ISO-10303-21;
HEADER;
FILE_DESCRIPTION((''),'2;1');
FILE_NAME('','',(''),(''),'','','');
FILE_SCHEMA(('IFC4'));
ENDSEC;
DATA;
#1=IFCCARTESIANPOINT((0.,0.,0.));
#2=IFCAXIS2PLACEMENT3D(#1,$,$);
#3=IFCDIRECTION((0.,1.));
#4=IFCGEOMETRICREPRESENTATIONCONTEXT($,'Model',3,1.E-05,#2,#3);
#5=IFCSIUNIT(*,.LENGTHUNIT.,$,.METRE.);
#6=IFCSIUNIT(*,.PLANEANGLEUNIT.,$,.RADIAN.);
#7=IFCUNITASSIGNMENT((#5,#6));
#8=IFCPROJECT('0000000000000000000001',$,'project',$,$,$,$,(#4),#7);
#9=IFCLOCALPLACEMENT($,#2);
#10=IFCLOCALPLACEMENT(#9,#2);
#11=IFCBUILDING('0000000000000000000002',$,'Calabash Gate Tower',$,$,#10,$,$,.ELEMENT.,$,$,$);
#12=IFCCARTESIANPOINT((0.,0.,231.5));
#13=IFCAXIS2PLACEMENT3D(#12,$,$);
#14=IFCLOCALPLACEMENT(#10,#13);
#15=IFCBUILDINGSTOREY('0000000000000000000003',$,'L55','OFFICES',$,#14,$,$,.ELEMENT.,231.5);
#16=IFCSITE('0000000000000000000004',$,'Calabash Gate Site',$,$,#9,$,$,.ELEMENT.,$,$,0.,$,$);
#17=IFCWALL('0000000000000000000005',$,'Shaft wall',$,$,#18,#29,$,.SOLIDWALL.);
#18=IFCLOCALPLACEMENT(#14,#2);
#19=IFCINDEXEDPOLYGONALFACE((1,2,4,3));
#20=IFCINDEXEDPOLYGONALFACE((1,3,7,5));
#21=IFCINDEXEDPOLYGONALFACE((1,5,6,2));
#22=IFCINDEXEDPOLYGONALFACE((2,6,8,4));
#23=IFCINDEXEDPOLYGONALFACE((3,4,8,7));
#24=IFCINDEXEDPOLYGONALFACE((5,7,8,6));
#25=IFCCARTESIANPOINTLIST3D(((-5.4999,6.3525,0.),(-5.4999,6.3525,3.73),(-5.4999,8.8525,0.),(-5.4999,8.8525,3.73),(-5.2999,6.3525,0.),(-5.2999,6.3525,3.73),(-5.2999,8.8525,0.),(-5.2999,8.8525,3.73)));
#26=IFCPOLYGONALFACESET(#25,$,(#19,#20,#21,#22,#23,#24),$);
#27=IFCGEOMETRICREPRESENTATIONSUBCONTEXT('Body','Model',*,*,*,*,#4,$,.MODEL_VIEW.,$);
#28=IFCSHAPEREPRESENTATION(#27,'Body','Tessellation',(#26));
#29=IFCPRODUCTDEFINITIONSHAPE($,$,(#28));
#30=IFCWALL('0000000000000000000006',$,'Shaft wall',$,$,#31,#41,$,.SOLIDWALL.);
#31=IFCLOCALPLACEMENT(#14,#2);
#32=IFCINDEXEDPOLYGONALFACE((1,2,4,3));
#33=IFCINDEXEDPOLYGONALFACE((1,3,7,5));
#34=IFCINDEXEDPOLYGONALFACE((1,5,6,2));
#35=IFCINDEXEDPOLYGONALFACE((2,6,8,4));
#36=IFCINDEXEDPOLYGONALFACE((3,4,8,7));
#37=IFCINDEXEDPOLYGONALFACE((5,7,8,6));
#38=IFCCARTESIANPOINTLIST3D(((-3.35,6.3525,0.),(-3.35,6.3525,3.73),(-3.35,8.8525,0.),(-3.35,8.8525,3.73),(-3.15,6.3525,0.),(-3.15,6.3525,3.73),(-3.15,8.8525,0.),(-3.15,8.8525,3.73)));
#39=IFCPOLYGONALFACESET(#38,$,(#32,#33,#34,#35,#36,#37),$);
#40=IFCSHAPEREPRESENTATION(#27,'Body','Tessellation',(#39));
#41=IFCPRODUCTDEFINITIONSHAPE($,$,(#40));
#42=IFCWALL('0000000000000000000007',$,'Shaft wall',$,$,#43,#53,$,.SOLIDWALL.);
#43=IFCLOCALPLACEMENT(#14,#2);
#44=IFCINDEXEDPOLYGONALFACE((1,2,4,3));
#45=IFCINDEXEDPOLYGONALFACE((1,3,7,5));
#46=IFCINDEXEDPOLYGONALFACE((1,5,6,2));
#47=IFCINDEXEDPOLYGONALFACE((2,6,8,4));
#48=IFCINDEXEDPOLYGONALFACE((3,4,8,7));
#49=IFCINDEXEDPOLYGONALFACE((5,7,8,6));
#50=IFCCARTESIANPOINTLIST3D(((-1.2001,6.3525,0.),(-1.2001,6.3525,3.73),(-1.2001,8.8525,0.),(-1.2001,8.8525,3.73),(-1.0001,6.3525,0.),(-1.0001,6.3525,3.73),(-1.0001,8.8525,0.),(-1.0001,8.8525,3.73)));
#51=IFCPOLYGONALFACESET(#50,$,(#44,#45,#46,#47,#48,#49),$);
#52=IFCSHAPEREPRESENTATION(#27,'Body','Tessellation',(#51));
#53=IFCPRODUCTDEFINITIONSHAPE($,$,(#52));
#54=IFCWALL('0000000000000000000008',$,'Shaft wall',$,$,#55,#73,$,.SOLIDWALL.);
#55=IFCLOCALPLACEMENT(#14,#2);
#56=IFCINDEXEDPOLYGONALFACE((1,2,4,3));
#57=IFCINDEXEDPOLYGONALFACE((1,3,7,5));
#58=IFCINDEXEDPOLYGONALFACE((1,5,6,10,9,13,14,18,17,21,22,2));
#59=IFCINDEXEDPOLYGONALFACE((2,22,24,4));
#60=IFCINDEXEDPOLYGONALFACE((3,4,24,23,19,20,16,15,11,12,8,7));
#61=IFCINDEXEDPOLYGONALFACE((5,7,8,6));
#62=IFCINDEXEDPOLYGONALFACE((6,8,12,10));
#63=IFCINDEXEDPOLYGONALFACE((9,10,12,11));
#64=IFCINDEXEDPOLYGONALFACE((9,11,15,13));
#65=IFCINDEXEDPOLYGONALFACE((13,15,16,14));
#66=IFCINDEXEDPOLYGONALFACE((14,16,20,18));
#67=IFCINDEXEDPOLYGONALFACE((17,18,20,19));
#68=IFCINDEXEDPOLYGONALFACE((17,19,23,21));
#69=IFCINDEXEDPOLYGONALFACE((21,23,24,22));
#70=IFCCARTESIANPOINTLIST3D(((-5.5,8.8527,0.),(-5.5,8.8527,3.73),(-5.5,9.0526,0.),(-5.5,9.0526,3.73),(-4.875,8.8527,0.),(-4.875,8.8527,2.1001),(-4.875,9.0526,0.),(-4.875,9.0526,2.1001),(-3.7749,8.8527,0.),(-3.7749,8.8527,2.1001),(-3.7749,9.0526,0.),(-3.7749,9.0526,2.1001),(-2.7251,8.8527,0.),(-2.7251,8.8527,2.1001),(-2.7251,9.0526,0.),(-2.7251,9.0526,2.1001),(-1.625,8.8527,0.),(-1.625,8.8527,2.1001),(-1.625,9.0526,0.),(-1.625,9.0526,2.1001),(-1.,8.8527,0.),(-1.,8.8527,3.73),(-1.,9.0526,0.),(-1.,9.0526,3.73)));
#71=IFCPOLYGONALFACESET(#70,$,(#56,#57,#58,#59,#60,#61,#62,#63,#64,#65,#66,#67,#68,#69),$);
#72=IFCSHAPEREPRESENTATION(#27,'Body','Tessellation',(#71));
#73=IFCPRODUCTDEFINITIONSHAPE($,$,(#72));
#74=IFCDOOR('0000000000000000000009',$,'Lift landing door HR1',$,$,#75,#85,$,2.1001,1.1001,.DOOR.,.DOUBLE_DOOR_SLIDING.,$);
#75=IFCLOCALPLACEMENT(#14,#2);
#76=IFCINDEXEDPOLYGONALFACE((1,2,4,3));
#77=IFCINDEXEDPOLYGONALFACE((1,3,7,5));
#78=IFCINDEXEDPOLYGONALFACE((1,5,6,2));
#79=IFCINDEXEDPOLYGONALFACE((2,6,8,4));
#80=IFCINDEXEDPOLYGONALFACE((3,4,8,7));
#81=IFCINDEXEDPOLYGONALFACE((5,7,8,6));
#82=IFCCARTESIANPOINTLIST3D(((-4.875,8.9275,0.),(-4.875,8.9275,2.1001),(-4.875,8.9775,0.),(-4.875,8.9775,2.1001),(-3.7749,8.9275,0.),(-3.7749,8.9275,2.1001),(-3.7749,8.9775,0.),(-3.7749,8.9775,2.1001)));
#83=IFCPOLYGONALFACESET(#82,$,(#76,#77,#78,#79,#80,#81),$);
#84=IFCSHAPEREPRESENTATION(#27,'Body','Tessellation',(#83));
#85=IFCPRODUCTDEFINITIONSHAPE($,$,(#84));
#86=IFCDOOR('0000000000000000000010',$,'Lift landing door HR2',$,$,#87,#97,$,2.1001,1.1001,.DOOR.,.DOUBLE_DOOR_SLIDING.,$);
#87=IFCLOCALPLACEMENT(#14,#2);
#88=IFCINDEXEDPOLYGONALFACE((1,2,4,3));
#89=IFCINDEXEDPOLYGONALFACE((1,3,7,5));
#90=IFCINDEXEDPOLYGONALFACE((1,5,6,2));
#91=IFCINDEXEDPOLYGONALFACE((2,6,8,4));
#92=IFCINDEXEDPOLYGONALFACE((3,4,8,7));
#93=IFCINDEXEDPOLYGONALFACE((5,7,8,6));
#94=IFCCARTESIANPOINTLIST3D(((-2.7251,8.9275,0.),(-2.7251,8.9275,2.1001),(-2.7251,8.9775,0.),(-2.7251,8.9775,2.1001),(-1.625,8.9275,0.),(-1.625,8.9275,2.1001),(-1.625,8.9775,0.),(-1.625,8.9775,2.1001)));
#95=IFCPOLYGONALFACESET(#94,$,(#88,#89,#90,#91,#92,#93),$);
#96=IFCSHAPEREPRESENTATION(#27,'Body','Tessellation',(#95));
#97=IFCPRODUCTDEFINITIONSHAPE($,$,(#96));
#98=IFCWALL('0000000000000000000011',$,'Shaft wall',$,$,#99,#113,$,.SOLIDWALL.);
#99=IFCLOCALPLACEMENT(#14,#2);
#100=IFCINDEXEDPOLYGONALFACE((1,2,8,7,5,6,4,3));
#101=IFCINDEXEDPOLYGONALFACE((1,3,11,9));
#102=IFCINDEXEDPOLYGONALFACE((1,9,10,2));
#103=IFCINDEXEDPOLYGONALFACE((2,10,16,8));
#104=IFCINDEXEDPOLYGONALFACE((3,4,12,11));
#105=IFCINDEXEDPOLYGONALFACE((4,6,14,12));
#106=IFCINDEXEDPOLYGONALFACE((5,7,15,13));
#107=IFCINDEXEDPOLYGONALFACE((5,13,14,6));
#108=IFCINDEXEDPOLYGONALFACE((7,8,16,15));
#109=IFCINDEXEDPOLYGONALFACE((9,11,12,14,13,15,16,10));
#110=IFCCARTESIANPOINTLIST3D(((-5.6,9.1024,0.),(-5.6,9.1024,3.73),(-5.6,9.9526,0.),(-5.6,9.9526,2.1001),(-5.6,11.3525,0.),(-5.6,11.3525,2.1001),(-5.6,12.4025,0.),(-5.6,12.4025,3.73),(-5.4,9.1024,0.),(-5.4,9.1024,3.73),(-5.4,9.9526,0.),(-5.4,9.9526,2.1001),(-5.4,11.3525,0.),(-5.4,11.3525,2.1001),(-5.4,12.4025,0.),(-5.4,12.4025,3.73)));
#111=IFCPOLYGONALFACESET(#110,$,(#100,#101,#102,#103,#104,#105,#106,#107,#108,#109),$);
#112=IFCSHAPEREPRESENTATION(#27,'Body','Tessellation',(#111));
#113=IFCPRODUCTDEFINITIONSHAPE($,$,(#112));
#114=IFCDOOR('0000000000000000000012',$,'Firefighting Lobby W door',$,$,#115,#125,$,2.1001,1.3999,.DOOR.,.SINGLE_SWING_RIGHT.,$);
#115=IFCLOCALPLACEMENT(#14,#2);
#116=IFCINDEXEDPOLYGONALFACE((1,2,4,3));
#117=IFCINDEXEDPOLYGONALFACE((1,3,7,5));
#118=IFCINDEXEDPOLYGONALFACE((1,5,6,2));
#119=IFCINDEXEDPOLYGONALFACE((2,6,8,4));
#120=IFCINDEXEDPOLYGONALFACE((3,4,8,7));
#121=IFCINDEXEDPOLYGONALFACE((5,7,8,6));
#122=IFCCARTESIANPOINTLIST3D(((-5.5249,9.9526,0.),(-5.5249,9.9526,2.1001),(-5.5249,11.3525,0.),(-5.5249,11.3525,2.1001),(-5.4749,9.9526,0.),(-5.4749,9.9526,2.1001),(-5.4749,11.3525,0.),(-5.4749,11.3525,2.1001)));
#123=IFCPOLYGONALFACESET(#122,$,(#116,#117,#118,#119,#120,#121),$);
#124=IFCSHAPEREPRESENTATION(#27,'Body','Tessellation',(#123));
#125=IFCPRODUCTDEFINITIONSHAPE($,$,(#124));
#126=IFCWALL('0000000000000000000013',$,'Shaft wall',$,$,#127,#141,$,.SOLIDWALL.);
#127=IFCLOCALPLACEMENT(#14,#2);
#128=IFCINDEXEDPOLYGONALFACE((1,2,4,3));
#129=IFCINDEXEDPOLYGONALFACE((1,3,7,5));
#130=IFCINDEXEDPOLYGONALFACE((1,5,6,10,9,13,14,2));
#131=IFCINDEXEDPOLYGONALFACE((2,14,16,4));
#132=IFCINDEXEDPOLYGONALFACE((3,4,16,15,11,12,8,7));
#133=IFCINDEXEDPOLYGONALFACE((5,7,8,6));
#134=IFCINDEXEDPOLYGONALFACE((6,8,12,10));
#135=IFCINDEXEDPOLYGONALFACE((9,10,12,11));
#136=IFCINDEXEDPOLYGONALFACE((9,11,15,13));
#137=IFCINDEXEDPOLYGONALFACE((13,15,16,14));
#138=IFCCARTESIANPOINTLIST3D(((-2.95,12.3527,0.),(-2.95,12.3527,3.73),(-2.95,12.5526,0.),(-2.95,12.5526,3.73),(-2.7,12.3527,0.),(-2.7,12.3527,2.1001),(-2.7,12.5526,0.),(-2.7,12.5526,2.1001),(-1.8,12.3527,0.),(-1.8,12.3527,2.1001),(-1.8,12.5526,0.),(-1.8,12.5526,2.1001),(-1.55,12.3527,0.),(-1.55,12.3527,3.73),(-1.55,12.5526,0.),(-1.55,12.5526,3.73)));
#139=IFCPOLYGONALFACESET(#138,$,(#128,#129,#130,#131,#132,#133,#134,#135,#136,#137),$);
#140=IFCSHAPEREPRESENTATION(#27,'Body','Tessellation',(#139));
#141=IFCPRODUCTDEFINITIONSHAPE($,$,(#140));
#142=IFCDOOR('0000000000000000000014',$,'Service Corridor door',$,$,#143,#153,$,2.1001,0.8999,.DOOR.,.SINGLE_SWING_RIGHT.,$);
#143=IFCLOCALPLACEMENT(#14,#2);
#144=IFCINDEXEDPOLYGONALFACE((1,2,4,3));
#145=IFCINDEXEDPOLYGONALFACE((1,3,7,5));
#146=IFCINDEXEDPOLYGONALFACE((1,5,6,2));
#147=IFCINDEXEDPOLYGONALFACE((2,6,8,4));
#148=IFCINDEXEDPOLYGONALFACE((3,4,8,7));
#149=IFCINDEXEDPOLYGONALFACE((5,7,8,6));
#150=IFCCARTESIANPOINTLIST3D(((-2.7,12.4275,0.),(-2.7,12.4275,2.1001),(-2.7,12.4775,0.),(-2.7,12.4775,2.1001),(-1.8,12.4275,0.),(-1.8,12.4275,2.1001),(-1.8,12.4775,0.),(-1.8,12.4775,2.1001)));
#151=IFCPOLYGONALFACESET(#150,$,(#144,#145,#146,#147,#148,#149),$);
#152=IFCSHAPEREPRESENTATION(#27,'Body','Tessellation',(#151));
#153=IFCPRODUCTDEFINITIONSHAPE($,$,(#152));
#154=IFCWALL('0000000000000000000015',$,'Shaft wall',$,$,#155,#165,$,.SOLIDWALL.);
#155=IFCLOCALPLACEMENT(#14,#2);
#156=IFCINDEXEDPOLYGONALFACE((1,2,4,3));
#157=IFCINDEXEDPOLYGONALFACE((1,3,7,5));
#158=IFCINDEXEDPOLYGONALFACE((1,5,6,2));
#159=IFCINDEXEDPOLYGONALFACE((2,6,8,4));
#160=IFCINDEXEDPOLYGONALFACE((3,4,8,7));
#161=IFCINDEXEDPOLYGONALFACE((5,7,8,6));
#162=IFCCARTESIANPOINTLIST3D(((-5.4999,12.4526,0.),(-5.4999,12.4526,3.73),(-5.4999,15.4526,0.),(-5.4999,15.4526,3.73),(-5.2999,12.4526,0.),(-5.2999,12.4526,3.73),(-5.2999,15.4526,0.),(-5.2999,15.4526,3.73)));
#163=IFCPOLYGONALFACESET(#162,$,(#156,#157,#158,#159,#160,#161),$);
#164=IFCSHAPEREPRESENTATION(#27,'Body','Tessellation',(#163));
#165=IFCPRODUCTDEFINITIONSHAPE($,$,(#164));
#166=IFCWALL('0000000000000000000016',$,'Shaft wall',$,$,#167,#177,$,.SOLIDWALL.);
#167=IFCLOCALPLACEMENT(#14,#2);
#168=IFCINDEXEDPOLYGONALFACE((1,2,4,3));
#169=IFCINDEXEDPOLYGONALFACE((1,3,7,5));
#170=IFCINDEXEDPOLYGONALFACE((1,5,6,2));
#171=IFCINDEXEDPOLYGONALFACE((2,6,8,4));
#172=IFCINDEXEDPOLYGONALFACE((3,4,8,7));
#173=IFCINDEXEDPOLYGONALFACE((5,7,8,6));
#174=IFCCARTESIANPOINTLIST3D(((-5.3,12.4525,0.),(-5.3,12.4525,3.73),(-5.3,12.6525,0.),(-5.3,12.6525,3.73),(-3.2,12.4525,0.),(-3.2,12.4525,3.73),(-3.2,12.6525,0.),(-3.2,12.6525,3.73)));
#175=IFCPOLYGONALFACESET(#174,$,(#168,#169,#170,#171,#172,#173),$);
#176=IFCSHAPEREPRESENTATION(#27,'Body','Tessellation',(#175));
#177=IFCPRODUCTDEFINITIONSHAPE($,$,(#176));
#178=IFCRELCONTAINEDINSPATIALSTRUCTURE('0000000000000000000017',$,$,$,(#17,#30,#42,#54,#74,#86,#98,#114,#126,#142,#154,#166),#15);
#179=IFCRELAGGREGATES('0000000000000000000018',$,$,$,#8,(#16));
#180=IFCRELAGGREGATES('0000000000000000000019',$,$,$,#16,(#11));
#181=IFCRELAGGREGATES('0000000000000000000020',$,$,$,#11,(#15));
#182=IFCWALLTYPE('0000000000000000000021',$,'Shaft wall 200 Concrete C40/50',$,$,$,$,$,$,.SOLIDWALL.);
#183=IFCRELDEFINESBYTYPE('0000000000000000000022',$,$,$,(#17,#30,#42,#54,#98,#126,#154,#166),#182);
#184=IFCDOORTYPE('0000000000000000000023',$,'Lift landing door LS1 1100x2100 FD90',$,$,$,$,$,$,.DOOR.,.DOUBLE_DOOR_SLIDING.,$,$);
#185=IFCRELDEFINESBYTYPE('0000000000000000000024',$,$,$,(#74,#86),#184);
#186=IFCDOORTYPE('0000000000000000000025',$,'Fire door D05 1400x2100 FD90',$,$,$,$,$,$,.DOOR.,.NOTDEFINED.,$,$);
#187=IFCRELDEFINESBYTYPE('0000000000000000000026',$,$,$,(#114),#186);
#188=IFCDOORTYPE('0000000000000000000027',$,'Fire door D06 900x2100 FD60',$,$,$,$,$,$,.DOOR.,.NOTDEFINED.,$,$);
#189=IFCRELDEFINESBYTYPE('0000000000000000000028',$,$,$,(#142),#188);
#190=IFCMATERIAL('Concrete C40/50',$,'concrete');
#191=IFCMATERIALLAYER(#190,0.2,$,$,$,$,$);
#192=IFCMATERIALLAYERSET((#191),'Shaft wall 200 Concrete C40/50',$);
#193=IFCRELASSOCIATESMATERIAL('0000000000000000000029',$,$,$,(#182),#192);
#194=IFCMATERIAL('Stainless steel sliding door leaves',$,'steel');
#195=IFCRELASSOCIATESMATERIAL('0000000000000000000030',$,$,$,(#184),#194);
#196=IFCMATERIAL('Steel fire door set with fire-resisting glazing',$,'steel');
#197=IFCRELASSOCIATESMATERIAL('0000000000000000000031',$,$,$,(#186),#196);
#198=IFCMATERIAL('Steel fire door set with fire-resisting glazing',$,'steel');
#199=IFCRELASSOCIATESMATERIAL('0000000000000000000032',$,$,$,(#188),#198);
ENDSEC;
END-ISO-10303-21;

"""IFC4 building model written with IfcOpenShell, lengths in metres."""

from ifc_helpers import new_model, si_unit, direction, frame, frame_2d, origin, place, context, subcontext, project, spatial, rectangle, extrude, material, layer, layer_set, type_object, element, fill, save


model = new_model("IFC4")

# Units and contexts
model_context = context("Model", 3, precision=1e-05, world=origin(), true_north=direction((0.0, 1.0)))
body_context = subcontext(model_context, "Body", "Model", "MODEL_VIEW")
ifc_project = project(units=[si_unit("LENGTHUNIT", "METRE"), si_unit("PLANEANGLEUNIT", "RADIAN")], contexts=[model_context])

# Site, building, storey
site_placement = place(None, origin())
site = spatial("IfcSite", under=ifc_project, at=site_placement, Name="Calabash Gate Site", CompositionType="ELEMENT", RefElevation=0.0)
building_placement = place(site_placement, origin())
building = spatial("IfcBuilding", under=site, at=building_placement, Name="Calabash Gate Tower", CompositionType="ELEMENT")
storey_placement = place(building_placement, frame((0.0, 0.0, 231.5)))
storey = spatial("IfcBuildingStorey", under=building, at=storey_placement, Name="L55", Description="OFFICES", CompositionType="ELEMENT", Elevation=231.5)

# Walls
ifc_material_1 = material(Name="Concrete C40/50", Category="concrete")
ifc_layer = layer(ifc_material_1, 0.2)
ifc_layer_set = layer_set([ifc_layer], Name="Shaft wall 200 Concrete C40/50")
wall_type = type_object("IfcWallType", Name="Shaft wall 200 Concrete C40/50", PredefinedType="SOLIDWALL", material=ifc_layer_set)
for number, where, z_axis, x_axis, name in (
    (1, (-5.3999, 6.3525, 0.0), (0.0, 0.0, 1.0), (0.0, 1.0, 0.0), "Shaft wall"),
    (2, (-3.25, 6.3525, 0.0), (0.0, 0.0, 1.0), (0.0, 1.0, 0.0), "Shaft wall"),
    (3, (-1.1001, 6.3525, 0.0), (0.0, 0.0, 1.0), (0.0, 1.0, 0.0), "Shaft wall"),
):
    element("IfcWall", number, at=place(storey_placement, frame(where, z_axis=z_axis, x_axis=x_axis)), inside=storey, type_object=wall_type, Name=name, PredefinedType="SOLIDWALL", context=body_context, shape_type="SweptSolid", body=[
        extrude(rectangle(XDim=2.5, YDim=0.2, at=frame_2d((1.25, 0.0))), origin(), (0.0, 0.0, 1.0), 3.73),
    ])

# Wall, openings, doors
wall_1_placement = place(storey_placement, frame((-5.5, 8.9526, 0.0), z_axis=(0.0, 0.0, 1.0), x_axis=(1.0, 0.0, 0.0)))
wall_1 = element("IfcWall", 4, at=wall_1_placement, inside=storey, type_object=wall_type, Name="Shaft wall", PredefinedType="SOLIDWALL", context=body_context, shape_type="SweptSolid", body=[
    extrude(rectangle(XDim=4.5, YDim=0.2, at=frame_2d((2.25, 0.0))), origin(), (0.0, 0.0, 1.0), 3.73),
])
opening_1_placement = place(wall_1_placement, frame((0.625, 0.0, 0.0)))
opening_1 = element("IfcOpeningElement", 5, at=opening_1_placement, cuts=wall_1, PredefinedType="OPENING", context=body_context, shape_type="SweptSolid", body=[
    extrude(rectangle(XDim=1.1001, YDim=2.1001, at=frame_2d((0.55, 1.05))), frame((0.0, 0.1099, 0.0), z_axis=(0.0, -1.0, 0.0), x_axis=(1.0, 0.0, 0.0)), (0.0, 0.0, 1.0), 0.22),
])
opening_2_placement = place(wall_1_placement, frame((2.7749, 0.0, 0.0)))
opening_2 = element("IfcOpeningElement", 6, at=opening_2_placement, cuts=wall_1, PredefinedType="OPENING", context=body_context, shape_type="SweptSolid", body=[
    extrude(rectangle(XDim=1.1001, YDim=2.1001, at=frame_2d((0.55, 1.05))), frame((0.0, 0.1099, 0.0), z_axis=(0.0, -1.0, 0.0), x_axis=(1.0, 0.0, 0.0)), (0.0, 0.0, 1.0), 0.22),
])
ifc_material_2 = material(Name="Stainless steel sliding door leaves", Category="steel")
door_type_1 = type_object("IfcDoorType", Name="Lift landing door LS1 1100x2100 FD90", OperationType="DOUBLE_DOOR_SLIDING", PredefinedType="DOOR", material=ifc_material_2)
door_1_placement = place(opening_1_placement, origin())
door_1 = element("IfcDoor", 7, at=door_1_placement, inside=storey, type_object=door_type_1, Name="Lift landing door HR1", OperationType="DOUBLE_DOOR_SLIDING", OverallHeight=2.1001, OverallWidth=1.1001, PredefinedType="DOOR", context=body_context, shape_type="SweptSolid", body=[
    extrude(rectangle(XDim=1.1001, YDim=2.1001, at=frame_2d((0.55, 1.05))), frame((0.0, 0.0249, 0.0), z_axis=(0.0, -1.0, 0.0), x_axis=(1.0, 0.0, 0.0)), (0.0, 0.0, 1.0), 0.05),
])
fill(opening_1, door_1)
door_2_placement = place(opening_2_placement, origin())
door_2 = element("IfcDoor", 8, at=door_2_placement, inside=storey, type_object=door_type_1, Name="Lift landing door HR2", OperationType="DOUBLE_DOOR_SLIDING", OverallHeight=2.1001, OverallWidth=1.1001, PredefinedType="DOOR", context=body_context, shape_type="SweptSolid", body=[
    extrude(rectangle(XDim=1.1001, YDim=2.1001, at=frame_2d((0.55, 1.05))), frame((0.0, 0.0249, 0.0), z_axis=(0.0, -1.0, 0.0), x_axis=(1.0, 0.0, 0.0)), (0.0, 0.0, 1.0), 0.05),
])
fill(opening_2, door_2)

# Walls, openings, doors
wall_2_placement = place(storey_placement, frame((-5.5, 9.1025, 0.0), z_axis=(0.0, 0.0, 1.0), x_axis=(0.0, 1.0, 0.0)))
wall_2 = element("IfcWall", 9, at=wall_2_placement, inside=storey, type_object=wall_type, Name="Shaft wall", PredefinedType="SOLIDWALL", context=body_context, shape_type="SweptSolid", body=[
    extrude(rectangle(XDim=3.3, YDim=0.2, at=frame_2d((1.6499, 0.0))), origin(), (0.0, 0.0, 1.0), 3.73),
])
opening_3_placement = place(wall_2_placement, frame((0.8501, 0.0, 0.0)))
opening_3 = element("IfcOpeningElement", 10, at=opening_3_placement, cuts=wall_2, PredefinedType="OPENING", context=body_context, shape_type="SweptSolid", body=[
    extrude(rectangle(XDim=1.3999, YDim=2.1001, at=frame_2d((0.7, 1.05))), frame((0.0, 0.1099, 0.0), z_axis=(0.0, -1.0, 0.0), x_axis=(1.0, 0.0, 0.0)), (0.0, 0.0, 1.0), 0.22),
])
ifc_material_3 = material(Name="Steel fire door set with fire-resisting glazing", Category="steel")
door_type_2 = type_object("IfcDoorType", Name="Fire door D05 1400x2100 FD90", OperationType="NOTDEFINED", PredefinedType="DOOR", material=ifc_material_3)
door_3_placement = place(opening_3_placement, origin())
door_3 = element("IfcDoor", 11, at=door_3_placement, inside=storey, type_object=door_type_2, Name="Firefighting Lobby W door", OperationType="SINGLE_SWING_RIGHT", OverallHeight=2.1001, OverallWidth=1.3999, PredefinedType="DOOR", context=body_context, shape_type="SweptSolid", body=[
    extrude(rectangle(XDim=1.3999, YDim=2.1001, at=frame_2d((0.7, 1.05))), frame((0.0, 0.0249, 0.0), z_axis=(0.0, -1.0, 0.0), x_axis=(1.0, 0.0, 0.0)), (0.0, 0.0, 1.0), 0.05),
])
fill(opening_3, door_3)
wall_3_placement = place(storey_placement, frame((-2.95, 12.4526, 0.0), z_axis=(0.0, 0.0, 1.0), x_axis=(1.0, 0.0, 0.0)))
wall_3 = element("IfcWall", 12, at=wall_3_placement, inside=storey, type_object=wall_type, Name="Shaft wall", PredefinedType="SOLIDWALL", context=body_context, shape_type="SweptSolid", body=[
    extrude(rectangle(XDim=1.3999, YDim=0.2, at=frame_2d((0.7, 0.0))), origin(), (0.0, 0.0, 1.0), 3.73),
])
opening_4_placement = place(wall_3_placement, frame((0.25, 0.0, 0.0)))
opening_4 = element("IfcOpeningElement", 13, at=opening_4_placement, cuts=wall_3, PredefinedType="OPENING", context=body_context, shape_type="SweptSolid", body=[
    extrude(rectangle(XDim=0.8999, YDim=2.1001, at=frame_2d((0.45, 1.05))), frame((0.0, 0.1099, 0.0), z_axis=(0.0, -1.0, 0.0), x_axis=(1.0, 0.0, 0.0)), (0.0, 0.0, 1.0), 0.22),
])
ifc_material_4 = material(Name="Steel fire door set with fire-resisting glazing", Category="steel")
door_type_3 = type_object("IfcDoorType", Name="Fire door D06 900x2100 FD60", OperationType="NOTDEFINED", PredefinedType="DOOR", material=ifc_material_4)
door_4_placement = place(opening_4_placement, origin())
door_4 = element("IfcDoor", 14, at=door_4_placement, inside=storey, type_object=door_type_3, Name="Service Corridor door", OperationType="SINGLE_SWING_RIGHT", OverallHeight=2.1001, OverallWidth=0.8999, PredefinedType="DOOR", context=body_context, shape_type="SweptSolid", body=[
    extrude(rectangle(XDim=0.8999, YDim=2.1001, at=frame_2d((0.45, 1.05))), frame((0.0, 0.0249, 0.0), z_axis=(0.0, -1.0, 0.0), x_axis=(1.0, 0.0, 0.0)), (0.0, 0.0, 1.0), 0.05),
])
fill(opening_4, door_4)

# Walls
wall_4_placement = place(storey_placement, frame((-5.3999, 12.4526, 0.0), z_axis=(0.0, 0.0, 1.0), x_axis=(0.0, 1.0, 0.0)))
element("IfcWall", 15, at=wall_4_placement, inside=storey, type_object=wall_type, Name="Shaft wall", PredefinedType="SOLIDWALL", context=body_context, shape_type="SweptSolid", body=[
    extrude(rectangle(XDim=3.0, YDim=0.2, at=frame_2d((1.5, 0.0))), origin(), (0.0, 0.0, 1.0), 3.73),
])
wall_5_placement = place(storey_placement, frame((-5.3, 12.5525, 0.0), z_axis=(0.0, 0.0, 1.0), x_axis=(1.0, 0.0, 0.0)))
element("IfcWall", 16, at=wall_5_placement, inside=storey, type_object=wall_type, Name="Shaft wall", PredefinedType="SOLIDWALL", context=body_context, shape_type="SweptSolid", body=[
    extrude(rectangle(XDim=2.1001, YDim=0.2, at=frame_2d((1.05, 0.0))), origin(), (0.0, 0.0, 1.0), 3.73),
])

save(model, "model.ifc")
